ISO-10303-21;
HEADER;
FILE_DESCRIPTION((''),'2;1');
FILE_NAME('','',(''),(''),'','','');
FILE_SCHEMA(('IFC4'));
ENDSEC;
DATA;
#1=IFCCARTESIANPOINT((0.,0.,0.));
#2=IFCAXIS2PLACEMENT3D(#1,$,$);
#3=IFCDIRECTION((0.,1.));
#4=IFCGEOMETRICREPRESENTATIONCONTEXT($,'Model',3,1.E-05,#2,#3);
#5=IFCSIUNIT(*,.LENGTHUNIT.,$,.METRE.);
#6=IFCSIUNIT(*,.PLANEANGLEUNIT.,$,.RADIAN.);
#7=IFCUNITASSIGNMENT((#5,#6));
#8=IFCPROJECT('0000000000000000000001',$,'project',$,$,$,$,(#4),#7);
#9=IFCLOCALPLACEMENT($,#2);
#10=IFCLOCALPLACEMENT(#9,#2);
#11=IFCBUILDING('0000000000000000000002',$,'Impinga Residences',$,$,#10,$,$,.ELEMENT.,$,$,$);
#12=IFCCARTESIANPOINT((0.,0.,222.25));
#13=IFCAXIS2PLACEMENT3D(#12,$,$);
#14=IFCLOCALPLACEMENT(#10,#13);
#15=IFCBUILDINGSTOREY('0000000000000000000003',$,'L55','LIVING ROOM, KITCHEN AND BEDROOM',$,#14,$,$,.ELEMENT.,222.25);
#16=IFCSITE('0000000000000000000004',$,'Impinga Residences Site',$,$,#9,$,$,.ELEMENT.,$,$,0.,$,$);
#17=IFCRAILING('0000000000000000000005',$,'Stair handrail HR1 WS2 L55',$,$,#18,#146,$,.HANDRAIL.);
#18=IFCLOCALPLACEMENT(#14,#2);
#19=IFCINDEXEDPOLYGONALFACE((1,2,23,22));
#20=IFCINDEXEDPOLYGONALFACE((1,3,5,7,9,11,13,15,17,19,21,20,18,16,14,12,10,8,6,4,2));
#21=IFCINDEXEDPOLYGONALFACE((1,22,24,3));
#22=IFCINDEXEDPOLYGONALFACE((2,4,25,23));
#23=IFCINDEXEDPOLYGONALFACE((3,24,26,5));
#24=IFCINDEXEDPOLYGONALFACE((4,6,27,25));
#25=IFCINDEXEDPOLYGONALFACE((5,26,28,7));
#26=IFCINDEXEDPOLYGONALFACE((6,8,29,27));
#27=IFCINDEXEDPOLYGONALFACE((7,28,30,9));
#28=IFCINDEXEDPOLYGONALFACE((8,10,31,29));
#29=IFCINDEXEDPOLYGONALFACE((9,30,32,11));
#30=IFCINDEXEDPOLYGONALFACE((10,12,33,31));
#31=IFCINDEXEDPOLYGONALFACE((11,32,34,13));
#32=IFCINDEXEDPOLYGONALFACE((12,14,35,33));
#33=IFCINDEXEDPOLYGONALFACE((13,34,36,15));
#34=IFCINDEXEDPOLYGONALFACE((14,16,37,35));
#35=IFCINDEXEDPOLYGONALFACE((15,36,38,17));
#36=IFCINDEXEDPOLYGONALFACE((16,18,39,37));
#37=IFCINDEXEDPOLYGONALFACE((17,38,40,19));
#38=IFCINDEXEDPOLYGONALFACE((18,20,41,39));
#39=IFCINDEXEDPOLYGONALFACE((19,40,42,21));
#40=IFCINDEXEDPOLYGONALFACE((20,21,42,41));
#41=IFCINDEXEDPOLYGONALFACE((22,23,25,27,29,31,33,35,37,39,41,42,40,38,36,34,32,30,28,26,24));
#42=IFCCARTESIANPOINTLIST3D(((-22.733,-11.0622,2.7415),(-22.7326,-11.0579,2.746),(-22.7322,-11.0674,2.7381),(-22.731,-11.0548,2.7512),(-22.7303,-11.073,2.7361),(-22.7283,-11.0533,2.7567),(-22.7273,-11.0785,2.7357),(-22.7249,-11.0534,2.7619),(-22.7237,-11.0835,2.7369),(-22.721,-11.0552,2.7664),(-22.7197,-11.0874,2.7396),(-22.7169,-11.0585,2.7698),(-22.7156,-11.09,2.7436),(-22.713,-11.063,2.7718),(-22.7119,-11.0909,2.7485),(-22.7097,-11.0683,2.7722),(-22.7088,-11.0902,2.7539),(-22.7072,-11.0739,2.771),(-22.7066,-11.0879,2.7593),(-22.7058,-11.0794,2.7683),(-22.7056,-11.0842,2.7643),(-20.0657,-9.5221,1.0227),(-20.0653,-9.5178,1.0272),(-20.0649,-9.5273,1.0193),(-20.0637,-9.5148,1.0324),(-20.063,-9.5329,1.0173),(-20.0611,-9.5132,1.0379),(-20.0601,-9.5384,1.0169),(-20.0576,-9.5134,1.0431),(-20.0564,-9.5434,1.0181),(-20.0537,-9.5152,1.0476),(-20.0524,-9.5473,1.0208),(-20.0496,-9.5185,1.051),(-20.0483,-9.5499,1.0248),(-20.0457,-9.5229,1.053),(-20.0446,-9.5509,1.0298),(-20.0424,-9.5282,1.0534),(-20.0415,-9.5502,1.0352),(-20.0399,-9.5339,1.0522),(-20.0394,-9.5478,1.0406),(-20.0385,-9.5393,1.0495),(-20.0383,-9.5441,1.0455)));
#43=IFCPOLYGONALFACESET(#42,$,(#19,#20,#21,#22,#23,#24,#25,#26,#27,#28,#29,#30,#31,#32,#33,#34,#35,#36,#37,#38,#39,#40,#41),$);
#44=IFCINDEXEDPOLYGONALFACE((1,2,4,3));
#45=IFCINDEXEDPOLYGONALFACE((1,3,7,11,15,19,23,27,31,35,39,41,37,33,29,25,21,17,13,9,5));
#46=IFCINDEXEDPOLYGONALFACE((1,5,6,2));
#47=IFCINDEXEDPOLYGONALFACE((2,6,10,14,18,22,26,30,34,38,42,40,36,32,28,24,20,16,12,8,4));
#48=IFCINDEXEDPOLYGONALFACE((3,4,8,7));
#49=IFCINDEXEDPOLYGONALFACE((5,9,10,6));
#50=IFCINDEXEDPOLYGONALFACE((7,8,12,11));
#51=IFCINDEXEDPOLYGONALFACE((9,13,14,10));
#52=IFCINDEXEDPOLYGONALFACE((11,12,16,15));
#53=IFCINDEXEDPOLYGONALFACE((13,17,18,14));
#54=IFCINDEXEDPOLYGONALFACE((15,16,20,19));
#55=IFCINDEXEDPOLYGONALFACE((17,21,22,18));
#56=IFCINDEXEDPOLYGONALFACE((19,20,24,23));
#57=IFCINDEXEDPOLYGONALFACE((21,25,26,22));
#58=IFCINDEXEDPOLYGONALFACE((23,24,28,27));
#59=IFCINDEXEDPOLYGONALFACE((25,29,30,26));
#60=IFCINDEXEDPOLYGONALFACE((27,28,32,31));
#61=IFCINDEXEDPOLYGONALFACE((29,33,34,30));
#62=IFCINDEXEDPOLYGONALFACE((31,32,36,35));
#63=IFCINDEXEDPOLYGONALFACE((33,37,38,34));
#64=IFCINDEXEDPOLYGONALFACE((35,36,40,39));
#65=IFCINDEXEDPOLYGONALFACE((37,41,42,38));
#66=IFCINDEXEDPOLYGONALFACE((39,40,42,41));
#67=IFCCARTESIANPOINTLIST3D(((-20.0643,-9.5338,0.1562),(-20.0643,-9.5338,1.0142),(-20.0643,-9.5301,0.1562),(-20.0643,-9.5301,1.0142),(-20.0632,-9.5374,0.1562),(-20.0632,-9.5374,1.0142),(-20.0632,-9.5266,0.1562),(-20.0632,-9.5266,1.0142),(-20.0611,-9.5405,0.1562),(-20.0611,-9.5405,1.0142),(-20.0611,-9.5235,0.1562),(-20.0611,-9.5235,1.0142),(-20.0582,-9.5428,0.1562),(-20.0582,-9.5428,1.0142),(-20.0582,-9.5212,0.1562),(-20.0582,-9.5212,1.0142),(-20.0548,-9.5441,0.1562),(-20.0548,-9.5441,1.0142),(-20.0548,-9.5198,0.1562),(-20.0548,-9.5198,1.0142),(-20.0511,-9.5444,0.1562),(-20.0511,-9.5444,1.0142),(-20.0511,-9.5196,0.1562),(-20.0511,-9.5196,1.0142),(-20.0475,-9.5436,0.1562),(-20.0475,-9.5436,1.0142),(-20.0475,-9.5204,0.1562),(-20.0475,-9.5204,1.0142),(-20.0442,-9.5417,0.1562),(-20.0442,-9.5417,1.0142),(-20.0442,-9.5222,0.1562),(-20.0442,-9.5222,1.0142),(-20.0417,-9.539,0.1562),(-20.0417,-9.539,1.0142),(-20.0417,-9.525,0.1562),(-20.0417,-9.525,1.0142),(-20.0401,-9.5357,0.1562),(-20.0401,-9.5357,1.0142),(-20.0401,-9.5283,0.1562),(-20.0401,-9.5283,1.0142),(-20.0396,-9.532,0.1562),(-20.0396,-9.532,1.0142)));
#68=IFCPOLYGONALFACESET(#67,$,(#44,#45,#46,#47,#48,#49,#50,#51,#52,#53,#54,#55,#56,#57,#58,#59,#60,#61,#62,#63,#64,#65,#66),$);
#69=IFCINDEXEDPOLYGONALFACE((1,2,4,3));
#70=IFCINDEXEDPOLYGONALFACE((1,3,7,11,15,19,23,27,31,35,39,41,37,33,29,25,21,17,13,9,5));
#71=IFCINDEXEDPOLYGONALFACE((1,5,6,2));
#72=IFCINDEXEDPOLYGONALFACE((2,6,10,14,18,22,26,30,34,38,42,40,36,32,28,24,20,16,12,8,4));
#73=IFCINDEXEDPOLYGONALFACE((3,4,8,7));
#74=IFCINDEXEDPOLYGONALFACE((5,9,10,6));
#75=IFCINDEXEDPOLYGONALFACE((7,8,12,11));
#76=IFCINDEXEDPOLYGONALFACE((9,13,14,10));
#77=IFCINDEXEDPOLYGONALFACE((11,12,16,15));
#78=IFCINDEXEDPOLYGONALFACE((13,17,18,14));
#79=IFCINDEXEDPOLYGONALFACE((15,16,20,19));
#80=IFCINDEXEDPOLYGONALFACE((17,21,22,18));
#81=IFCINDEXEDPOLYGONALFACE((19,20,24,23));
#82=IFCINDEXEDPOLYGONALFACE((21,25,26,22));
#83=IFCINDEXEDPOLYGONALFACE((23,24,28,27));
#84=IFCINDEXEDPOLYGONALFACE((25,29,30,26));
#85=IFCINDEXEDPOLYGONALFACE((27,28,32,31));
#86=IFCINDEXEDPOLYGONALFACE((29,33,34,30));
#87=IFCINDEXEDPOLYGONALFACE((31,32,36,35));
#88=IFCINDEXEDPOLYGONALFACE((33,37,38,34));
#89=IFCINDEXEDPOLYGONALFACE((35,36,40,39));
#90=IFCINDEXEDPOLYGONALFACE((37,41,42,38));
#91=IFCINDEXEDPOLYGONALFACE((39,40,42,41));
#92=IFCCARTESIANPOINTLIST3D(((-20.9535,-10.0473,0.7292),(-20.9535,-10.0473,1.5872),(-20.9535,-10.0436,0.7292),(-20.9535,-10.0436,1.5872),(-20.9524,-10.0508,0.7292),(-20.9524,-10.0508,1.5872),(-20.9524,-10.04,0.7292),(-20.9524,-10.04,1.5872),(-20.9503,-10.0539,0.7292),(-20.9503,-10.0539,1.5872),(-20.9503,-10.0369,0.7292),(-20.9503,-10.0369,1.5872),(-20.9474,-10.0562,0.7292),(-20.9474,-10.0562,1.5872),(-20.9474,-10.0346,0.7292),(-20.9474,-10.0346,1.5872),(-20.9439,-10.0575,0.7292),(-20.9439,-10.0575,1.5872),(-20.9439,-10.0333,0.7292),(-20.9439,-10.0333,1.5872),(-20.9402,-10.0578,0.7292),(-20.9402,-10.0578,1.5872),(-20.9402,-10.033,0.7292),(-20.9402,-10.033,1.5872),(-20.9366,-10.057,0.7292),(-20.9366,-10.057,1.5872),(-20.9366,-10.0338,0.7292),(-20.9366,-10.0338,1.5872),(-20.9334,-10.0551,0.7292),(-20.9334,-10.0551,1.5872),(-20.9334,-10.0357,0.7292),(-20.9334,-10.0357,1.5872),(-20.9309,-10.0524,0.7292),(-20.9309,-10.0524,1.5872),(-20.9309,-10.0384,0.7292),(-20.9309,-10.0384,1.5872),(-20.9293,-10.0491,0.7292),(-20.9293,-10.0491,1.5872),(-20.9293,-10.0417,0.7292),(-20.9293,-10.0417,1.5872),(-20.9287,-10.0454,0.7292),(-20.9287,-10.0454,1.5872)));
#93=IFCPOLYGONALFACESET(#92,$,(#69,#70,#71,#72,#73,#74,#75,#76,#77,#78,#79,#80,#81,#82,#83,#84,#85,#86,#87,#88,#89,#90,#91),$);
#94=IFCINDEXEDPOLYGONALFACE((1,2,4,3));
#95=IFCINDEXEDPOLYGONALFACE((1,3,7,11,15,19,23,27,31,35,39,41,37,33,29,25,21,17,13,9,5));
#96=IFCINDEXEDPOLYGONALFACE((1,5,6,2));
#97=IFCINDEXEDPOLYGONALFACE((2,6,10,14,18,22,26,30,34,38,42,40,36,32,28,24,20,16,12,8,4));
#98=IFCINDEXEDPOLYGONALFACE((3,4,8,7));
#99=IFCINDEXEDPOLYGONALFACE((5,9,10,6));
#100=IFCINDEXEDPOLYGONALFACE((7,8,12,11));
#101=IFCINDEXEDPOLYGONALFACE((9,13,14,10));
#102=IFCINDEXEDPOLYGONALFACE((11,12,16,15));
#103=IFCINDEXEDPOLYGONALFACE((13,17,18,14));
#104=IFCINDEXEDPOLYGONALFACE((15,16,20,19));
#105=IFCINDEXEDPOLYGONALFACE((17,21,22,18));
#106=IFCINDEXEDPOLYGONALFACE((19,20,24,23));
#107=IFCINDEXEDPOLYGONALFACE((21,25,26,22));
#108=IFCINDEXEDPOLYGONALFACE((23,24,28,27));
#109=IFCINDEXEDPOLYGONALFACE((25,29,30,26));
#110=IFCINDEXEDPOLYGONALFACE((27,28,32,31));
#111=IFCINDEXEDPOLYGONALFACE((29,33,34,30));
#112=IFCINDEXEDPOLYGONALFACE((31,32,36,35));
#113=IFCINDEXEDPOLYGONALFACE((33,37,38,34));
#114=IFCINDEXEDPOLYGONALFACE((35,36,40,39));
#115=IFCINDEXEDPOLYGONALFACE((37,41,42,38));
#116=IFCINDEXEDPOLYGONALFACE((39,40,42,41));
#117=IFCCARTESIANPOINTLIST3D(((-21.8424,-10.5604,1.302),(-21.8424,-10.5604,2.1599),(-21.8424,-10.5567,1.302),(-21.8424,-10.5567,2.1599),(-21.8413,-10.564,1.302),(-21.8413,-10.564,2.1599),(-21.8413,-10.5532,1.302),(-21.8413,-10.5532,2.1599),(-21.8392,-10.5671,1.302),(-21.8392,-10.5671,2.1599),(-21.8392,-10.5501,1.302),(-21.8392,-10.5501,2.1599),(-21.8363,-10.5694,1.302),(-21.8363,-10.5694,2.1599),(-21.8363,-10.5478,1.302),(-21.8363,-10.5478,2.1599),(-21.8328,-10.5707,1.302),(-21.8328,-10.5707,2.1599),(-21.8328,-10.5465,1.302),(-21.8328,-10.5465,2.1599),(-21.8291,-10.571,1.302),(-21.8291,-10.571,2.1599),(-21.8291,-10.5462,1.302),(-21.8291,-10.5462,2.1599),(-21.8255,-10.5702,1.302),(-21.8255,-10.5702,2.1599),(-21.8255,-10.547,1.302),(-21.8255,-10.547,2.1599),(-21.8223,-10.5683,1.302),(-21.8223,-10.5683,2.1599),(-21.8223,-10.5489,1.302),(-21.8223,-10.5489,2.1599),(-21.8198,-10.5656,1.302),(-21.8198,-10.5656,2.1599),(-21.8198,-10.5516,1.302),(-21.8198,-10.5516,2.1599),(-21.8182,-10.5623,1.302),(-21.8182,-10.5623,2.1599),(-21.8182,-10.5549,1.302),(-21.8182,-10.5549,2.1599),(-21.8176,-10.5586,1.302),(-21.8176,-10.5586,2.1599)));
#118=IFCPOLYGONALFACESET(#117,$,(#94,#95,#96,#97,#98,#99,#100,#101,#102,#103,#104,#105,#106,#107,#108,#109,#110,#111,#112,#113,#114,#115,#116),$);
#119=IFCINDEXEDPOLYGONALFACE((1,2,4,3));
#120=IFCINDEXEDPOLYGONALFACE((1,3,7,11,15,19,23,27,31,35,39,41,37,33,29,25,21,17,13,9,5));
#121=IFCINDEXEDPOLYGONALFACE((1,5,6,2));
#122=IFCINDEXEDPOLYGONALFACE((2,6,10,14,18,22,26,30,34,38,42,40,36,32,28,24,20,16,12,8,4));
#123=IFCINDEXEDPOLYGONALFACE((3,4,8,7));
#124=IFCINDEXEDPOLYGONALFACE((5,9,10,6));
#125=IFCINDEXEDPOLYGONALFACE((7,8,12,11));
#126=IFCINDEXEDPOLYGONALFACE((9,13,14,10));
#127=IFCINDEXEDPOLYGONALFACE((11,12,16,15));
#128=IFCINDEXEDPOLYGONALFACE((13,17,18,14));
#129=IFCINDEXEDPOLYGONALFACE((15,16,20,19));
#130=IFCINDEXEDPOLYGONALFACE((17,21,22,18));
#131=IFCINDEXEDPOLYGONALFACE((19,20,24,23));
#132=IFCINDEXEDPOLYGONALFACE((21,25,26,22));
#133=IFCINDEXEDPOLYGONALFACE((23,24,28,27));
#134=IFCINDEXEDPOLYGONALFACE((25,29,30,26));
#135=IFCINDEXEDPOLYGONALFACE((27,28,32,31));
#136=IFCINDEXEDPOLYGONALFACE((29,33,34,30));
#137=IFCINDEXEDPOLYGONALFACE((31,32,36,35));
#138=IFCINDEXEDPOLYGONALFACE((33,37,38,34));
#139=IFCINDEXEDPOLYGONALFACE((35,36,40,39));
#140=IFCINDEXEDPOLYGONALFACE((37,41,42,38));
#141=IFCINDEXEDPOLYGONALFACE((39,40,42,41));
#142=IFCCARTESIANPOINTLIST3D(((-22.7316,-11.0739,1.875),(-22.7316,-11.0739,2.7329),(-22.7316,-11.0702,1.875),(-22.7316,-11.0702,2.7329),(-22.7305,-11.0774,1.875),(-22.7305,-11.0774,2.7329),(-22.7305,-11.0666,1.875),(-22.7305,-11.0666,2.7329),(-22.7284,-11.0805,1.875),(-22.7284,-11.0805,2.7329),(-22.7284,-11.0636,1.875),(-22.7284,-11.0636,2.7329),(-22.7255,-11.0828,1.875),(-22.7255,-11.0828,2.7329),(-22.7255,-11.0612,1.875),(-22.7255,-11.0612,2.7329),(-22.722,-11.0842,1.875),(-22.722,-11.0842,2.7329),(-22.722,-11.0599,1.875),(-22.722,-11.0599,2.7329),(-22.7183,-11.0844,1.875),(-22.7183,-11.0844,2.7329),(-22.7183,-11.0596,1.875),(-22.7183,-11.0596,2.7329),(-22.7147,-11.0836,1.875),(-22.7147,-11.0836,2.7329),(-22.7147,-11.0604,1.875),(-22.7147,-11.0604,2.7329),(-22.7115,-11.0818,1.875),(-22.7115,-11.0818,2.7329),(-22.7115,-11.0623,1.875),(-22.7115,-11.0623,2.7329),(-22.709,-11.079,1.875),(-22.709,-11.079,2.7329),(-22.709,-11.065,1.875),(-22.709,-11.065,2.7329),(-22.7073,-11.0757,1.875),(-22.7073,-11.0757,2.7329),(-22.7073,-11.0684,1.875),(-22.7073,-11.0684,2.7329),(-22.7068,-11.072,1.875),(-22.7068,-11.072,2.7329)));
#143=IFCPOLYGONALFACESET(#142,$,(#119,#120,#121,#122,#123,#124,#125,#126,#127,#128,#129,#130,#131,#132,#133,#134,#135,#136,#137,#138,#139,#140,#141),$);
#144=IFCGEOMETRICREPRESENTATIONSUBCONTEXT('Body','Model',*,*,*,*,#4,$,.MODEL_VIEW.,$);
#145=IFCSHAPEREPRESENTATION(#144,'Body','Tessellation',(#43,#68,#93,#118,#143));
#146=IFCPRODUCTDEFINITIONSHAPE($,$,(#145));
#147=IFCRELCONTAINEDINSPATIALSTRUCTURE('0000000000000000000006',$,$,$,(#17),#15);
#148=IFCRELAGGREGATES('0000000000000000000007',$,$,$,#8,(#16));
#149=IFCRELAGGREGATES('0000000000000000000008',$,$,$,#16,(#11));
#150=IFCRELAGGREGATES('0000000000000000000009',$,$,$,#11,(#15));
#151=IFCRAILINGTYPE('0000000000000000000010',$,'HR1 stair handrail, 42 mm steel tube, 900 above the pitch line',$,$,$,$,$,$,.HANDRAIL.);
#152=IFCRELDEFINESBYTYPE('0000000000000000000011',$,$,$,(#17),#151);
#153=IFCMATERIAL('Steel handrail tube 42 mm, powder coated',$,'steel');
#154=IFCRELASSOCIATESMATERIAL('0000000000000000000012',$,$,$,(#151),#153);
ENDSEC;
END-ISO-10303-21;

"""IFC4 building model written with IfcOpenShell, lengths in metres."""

from ifc_helpers import new_model, si_unit, direction, frame, origin, origin_2d, place, context, subcontext, project, spatial, circle, extrude, material, type_object, element, save


model = new_model("IFC4")

# Units and contexts
model_context = context("Model", 3, precision=1e-05, world=origin(), true_north=direction((0.0, 1.0)))
body_context = subcontext(model_context, "Body", "Model", "MODEL_VIEW")
ifc_project = project(units=[si_unit("LENGTHUNIT", "METRE"), si_unit("PLANEANGLEUNIT", "RADIAN")], contexts=[model_context])

# Site, building, storey
site_placement = place(None, origin())
site = spatial("IfcSite", under=ifc_project, at=site_placement, Name="Impinga Residences Site", CompositionType="ELEMENT", RefElevation=0.0)
building_placement = place(site_placement, origin())
building = spatial("IfcBuilding", under=site, at=building_placement, Name="Impinga Residences", CompositionType="ELEMENT")
storey_placement = place(building_placement, frame((0.0, 0.0, 222.25)))
storey = spatial("IfcBuildingStorey", under=building, at=storey_placement, Name="L55", Description="LIVING ROOM, KITCHEN AND BEDROOM", CompositionType="ELEMENT", Elevation=222.25)

# Railing
ifc_material_1 = material(Name="Steel handrail tube 42 mm, powder coated", Category="steel")
railing_type_1 = type_object("IfcRailingType", Name="HR1 stair handrail, 42 mm steel tube, 900 above the pitch line", PredefinedType="HANDRAIL", material=ifc_material_1)
railing_1_placement = place(storey_placement, frame((-20.052, -9.532, 0.1562)))
element("IfcRailing", 1, at=railing_1_placement, inside=storey, type_object=railing_type_1, Name="Stair handrail HR1 WS2 L55", PredefinedType="HANDRAIL", context=body_context, shape_type="SweptSolid", body=[
    extrude(circle(Radius=0.021, at=origin_2d()), frame((0.0, 0.0, 0.8789), z_axis=(-0.756226, -0.436639, 0.487307), x_axis=(0.500027, -0.86601, 0.0)), (0.0, 0.0, 1.0), 3.5271),
    extrude(circle(Radius=0.0125, at=origin_2d()), origin(), (0.0, 0.0, 1.0), 0.8579),
    extrude(circle(Radius=0.0125, at=origin_2d()), frame((-0.8892, -0.5134, 0.573)), (0.0, 0.0, 1.0), 0.8579),
    extrude(circle(Radius=0.0125, at=origin_2d()), frame((-1.7781, -1.0266, 1.1458)), (0.0, 0.0, 1.0), 0.8579),
    extrude(circle(Radius=0.0125, at=origin_2d()), frame((-2.6672, -1.54, 1.7188)), (0.0, 0.0, 1.0), 0.8579),
])

save(model, "model.ifc")
